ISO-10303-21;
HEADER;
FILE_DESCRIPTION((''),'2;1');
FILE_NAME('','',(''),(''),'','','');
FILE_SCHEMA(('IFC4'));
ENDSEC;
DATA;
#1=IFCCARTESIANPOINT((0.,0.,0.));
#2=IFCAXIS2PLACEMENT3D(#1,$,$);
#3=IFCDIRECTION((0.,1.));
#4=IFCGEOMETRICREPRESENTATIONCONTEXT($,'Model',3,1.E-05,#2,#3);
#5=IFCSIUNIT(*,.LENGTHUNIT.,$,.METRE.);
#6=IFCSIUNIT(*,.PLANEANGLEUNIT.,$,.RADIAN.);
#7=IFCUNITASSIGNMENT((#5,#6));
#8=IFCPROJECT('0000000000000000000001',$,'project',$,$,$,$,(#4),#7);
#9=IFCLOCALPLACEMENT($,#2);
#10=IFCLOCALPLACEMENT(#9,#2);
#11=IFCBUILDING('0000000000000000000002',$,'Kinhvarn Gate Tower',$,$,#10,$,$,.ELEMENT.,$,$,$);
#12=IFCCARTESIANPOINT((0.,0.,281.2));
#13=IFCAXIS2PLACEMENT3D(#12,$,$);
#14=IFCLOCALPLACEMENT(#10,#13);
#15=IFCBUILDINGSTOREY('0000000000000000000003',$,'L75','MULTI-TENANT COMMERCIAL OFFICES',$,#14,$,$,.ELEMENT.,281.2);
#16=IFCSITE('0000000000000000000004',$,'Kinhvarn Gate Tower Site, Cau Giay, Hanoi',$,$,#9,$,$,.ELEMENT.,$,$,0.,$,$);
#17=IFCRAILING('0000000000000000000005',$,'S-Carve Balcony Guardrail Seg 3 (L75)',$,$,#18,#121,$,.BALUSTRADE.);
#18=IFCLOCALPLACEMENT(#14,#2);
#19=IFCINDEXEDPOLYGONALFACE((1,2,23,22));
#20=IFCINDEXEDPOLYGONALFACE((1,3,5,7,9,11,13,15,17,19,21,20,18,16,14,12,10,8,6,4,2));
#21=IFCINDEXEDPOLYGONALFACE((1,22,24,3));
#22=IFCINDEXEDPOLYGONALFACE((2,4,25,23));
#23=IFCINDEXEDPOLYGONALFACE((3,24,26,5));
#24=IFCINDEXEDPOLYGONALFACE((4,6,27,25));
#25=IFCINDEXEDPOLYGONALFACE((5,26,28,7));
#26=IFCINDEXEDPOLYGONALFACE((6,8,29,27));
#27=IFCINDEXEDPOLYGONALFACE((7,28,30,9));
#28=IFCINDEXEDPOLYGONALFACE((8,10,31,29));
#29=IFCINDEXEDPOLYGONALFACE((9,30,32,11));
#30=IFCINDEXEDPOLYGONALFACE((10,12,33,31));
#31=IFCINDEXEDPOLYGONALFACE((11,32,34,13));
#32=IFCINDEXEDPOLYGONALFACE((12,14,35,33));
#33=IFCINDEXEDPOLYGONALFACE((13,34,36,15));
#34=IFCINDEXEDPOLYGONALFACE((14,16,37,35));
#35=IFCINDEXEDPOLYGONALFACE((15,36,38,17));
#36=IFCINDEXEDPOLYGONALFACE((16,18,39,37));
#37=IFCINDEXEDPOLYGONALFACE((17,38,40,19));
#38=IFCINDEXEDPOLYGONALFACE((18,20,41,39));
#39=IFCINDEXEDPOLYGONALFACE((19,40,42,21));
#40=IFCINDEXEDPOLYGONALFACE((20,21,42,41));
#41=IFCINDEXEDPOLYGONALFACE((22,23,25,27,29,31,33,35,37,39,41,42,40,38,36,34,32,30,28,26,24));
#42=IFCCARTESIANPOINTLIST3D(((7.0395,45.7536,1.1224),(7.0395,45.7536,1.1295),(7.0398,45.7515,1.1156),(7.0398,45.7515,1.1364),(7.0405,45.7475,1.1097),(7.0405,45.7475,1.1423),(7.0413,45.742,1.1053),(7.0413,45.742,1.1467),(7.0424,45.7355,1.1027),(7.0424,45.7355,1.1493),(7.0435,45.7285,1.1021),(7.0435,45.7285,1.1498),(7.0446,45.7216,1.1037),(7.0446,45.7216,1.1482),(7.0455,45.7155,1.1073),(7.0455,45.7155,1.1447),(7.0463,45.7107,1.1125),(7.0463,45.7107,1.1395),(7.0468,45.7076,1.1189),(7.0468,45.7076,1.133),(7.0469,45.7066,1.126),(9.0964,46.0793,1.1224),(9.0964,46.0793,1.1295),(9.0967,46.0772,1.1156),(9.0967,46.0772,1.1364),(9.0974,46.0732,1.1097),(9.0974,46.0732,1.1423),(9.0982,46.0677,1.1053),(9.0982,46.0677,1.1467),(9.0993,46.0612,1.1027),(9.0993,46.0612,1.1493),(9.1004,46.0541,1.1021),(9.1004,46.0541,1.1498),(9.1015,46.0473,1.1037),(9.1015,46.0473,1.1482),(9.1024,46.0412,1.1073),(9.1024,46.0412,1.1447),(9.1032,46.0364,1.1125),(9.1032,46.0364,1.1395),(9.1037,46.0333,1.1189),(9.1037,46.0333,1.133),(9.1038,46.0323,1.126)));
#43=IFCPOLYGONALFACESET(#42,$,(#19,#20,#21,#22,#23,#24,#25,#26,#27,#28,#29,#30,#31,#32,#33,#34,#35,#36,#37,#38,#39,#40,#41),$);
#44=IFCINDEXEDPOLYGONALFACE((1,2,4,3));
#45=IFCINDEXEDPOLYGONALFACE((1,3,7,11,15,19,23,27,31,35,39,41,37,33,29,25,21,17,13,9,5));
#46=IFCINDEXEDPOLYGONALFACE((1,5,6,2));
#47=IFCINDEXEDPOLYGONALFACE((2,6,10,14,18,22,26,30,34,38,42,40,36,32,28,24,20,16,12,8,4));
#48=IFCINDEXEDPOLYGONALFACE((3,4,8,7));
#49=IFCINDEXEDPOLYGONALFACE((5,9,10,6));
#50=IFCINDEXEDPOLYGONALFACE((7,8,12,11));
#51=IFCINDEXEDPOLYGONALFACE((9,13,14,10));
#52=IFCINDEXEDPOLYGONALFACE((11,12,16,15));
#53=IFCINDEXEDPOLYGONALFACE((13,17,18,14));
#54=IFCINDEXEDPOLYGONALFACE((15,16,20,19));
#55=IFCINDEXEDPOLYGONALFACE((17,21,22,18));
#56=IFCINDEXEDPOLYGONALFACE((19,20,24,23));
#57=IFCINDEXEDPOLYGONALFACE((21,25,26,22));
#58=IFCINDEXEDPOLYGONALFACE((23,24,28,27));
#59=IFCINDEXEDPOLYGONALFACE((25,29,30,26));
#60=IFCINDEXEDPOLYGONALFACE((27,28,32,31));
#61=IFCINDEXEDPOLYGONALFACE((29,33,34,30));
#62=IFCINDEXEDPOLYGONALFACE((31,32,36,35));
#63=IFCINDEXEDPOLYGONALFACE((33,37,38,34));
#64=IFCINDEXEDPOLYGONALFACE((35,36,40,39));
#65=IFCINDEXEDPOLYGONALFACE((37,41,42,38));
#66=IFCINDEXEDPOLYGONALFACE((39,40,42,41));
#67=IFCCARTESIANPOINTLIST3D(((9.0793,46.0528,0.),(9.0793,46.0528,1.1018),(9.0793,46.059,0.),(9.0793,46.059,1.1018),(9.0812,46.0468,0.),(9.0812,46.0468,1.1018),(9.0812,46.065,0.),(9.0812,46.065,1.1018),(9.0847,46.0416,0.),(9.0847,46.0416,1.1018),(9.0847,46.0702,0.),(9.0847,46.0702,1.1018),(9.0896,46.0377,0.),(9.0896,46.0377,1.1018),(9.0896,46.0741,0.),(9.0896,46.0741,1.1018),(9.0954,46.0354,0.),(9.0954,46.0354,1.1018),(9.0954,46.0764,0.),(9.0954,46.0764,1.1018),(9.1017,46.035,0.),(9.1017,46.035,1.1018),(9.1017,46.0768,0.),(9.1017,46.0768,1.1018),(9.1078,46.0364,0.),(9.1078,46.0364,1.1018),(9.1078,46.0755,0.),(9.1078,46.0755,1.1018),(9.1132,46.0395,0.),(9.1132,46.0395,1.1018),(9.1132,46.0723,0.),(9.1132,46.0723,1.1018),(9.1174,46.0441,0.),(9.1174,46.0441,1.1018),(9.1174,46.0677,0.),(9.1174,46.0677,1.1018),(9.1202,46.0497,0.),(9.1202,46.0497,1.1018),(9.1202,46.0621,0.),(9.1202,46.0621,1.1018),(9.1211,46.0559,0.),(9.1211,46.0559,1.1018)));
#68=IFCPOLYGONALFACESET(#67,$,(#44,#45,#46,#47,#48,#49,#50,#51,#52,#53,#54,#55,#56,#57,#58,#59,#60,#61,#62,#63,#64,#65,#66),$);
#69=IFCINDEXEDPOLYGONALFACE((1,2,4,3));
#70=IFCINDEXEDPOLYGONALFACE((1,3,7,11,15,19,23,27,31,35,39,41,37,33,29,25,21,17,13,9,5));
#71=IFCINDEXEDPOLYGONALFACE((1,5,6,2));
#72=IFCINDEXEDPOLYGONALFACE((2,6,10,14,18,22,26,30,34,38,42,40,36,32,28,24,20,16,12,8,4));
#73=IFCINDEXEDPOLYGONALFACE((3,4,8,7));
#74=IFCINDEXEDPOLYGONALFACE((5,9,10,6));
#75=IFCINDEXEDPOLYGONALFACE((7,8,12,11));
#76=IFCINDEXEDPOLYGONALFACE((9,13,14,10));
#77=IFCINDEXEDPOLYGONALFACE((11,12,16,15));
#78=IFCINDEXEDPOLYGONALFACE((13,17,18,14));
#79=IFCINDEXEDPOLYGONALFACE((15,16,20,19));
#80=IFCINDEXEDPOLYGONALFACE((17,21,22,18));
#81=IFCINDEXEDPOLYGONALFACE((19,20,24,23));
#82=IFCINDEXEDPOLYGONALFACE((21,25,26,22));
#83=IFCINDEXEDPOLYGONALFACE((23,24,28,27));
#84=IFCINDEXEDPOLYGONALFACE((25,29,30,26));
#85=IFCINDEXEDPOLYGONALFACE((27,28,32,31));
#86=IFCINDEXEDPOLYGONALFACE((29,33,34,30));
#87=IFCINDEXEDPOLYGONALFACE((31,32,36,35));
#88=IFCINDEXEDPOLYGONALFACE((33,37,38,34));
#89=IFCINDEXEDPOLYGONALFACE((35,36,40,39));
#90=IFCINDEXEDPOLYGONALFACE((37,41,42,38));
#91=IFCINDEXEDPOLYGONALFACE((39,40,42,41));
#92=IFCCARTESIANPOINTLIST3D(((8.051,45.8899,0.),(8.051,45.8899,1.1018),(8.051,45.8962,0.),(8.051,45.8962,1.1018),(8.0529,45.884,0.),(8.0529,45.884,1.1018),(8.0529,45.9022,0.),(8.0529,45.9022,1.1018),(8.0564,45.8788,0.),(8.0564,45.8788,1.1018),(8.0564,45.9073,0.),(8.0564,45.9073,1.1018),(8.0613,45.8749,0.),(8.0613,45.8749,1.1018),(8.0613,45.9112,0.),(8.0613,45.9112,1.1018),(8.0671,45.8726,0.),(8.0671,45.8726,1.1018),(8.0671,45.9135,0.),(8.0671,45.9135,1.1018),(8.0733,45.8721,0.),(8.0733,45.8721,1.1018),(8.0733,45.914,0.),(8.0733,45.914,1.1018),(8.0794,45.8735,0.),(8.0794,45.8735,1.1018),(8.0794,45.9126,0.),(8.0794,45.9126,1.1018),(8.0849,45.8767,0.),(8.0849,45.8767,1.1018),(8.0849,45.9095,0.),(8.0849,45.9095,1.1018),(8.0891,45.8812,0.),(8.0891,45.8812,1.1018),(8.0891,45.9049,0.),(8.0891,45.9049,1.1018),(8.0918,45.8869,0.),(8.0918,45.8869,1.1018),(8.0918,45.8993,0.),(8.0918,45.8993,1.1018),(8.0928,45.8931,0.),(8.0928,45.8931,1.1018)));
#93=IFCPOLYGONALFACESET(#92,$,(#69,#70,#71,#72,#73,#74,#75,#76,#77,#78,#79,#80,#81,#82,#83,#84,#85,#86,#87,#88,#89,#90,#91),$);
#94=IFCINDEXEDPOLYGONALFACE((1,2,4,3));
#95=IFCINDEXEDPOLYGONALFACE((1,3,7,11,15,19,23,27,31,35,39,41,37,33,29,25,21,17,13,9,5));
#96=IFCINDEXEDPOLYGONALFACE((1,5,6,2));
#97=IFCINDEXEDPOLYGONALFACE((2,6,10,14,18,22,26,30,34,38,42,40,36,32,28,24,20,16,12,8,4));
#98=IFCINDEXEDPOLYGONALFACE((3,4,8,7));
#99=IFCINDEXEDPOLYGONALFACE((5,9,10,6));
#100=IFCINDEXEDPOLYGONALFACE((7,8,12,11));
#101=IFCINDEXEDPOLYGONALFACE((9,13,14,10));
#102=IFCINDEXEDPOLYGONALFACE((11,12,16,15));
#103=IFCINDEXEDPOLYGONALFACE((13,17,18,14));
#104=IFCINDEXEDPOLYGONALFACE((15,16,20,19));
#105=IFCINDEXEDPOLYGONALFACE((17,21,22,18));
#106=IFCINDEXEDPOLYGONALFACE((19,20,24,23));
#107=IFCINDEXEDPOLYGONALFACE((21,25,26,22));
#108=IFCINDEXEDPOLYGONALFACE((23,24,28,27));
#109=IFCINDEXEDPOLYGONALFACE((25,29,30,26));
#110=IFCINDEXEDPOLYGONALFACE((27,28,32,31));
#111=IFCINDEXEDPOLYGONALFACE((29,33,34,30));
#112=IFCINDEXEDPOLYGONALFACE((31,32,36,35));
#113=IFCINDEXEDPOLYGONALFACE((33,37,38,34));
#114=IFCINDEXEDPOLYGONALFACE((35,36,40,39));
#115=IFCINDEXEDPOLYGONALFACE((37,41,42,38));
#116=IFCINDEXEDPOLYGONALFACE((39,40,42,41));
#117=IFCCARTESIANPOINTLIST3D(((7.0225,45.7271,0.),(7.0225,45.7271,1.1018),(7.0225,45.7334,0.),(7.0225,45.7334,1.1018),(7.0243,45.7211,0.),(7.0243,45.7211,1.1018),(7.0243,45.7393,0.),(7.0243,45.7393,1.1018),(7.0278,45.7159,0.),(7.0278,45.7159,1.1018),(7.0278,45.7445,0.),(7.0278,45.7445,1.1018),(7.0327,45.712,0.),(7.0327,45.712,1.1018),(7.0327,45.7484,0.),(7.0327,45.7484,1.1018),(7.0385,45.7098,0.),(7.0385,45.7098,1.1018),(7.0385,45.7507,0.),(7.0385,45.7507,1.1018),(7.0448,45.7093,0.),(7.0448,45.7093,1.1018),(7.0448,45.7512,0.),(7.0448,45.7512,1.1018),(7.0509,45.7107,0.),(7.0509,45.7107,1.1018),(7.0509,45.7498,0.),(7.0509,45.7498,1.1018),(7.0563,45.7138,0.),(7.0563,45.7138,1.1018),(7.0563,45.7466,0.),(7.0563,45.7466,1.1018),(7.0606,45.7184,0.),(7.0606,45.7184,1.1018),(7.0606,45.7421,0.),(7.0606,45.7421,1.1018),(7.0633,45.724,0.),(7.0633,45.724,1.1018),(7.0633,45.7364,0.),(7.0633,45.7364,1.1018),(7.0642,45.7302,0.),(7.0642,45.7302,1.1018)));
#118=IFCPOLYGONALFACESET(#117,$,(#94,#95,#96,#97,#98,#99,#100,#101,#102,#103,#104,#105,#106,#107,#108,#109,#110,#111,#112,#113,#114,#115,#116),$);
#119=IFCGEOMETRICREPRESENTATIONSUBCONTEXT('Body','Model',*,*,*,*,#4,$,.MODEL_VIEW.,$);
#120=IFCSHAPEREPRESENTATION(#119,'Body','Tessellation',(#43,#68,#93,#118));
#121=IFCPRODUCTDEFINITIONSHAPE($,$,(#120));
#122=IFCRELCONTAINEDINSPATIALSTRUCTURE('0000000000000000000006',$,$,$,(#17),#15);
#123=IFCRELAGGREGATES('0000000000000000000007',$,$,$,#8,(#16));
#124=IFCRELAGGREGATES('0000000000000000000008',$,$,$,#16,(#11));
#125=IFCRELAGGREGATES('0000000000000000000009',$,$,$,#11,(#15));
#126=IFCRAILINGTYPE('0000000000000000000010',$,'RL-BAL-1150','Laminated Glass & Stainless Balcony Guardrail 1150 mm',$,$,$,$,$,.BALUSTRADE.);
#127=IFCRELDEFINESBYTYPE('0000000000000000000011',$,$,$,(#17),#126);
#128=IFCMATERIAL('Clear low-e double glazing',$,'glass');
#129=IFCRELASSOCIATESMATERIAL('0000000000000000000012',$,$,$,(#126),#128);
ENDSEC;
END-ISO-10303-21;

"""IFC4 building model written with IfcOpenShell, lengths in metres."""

from ifc_helpers import new_model, si_unit, direction, frame, origin, origin_2d, place, context, subcontext, project, spatial, circle, extrude, material, type_object, element, save


model = new_model("IFC4")

# Units and contexts
model_context = context("Model", 3, precision=1e-05, world=origin(), true_north=direction((0.0, 1.0)))
body_context = subcontext(model_context, "Body", "Model", "MODEL_VIEW")
ifc_project = project(units=[si_unit("LENGTHUNIT", "METRE"), si_unit("PLANEANGLEUNIT", "RADIAN")], contexts=[model_context])

# Site, building, storey
site_placement = place(None, origin())
site = spatial("IfcSite", under=ifc_project, at=site_placement, Name="Kinhvarn Gate Tower Site, Cau Giay, Hanoi", CompositionType="ELEMENT", RefElevation=0.0)
building_placement = place(site_placement, origin())
building = spatial("IfcBuilding", under=site, at=building_placement, Name="Kinhvarn Gate Tower", CompositionType="ELEMENT")
storey_placement = place(building_placement, frame((0.0, 0.0, 281.2)))
storey = spatial("IfcBuildingStorey", under=building, at=storey_placement, Name="L75", Description="MULTI-TENANT COMMERCIAL OFFICES", CompositionType="ELEMENT", Elevation=281.2)

# Shared definitions
ifc_material_1 = material(Name="Clear low-e double glazing", Category="glass")

# Railing
railing_type = type_object("IfcRailingType", Name="RL-BAL-1150", Description="Laminated Glass & Stainless Balcony Guardrail 1150 mm", PredefinedType="BALUSTRADE", material=ifc_material_1)
railing_1_placement = place(storey_placement, frame((9.1001, 46.0559, 0.0)))
element("IfcRailing", 1, at=railing_1_placement, inside=storey, type_object=railing_type, Name="S-Carve Balcony Guardrail Seg 3 (L75)", PredefinedType="BALUSTRADE", context=body_context, shape_type="SweptSolid", body=[
    extrude(circle(Radius=0.0239, at=origin_2d()), frame((0.0, 0.0, 1.126), z_axis=(-0.987695, -0.15639, 0.0), x_axis=(0.15639, -0.987695, 0.0)), (0.0, 0.0, 1.0), 2.0825),
    extrude(circle(Radius=0.021, at=origin_2d()), origin(), (0.0, 0.0, 1.0), 1.1018),
    extrude(circle(Radius=0.021, at=origin_2d()), frame((-1.0283, -0.1628, 0.0)), (0.0, 0.0, 1.0), 1.1018),
    extrude(circle(Radius=0.021, at=origin_2d()), frame((-2.0569, -0.3257, 0.0)), (0.0, 0.0, 1.0), 1.1018),
])

save(model, "model.ifc")
